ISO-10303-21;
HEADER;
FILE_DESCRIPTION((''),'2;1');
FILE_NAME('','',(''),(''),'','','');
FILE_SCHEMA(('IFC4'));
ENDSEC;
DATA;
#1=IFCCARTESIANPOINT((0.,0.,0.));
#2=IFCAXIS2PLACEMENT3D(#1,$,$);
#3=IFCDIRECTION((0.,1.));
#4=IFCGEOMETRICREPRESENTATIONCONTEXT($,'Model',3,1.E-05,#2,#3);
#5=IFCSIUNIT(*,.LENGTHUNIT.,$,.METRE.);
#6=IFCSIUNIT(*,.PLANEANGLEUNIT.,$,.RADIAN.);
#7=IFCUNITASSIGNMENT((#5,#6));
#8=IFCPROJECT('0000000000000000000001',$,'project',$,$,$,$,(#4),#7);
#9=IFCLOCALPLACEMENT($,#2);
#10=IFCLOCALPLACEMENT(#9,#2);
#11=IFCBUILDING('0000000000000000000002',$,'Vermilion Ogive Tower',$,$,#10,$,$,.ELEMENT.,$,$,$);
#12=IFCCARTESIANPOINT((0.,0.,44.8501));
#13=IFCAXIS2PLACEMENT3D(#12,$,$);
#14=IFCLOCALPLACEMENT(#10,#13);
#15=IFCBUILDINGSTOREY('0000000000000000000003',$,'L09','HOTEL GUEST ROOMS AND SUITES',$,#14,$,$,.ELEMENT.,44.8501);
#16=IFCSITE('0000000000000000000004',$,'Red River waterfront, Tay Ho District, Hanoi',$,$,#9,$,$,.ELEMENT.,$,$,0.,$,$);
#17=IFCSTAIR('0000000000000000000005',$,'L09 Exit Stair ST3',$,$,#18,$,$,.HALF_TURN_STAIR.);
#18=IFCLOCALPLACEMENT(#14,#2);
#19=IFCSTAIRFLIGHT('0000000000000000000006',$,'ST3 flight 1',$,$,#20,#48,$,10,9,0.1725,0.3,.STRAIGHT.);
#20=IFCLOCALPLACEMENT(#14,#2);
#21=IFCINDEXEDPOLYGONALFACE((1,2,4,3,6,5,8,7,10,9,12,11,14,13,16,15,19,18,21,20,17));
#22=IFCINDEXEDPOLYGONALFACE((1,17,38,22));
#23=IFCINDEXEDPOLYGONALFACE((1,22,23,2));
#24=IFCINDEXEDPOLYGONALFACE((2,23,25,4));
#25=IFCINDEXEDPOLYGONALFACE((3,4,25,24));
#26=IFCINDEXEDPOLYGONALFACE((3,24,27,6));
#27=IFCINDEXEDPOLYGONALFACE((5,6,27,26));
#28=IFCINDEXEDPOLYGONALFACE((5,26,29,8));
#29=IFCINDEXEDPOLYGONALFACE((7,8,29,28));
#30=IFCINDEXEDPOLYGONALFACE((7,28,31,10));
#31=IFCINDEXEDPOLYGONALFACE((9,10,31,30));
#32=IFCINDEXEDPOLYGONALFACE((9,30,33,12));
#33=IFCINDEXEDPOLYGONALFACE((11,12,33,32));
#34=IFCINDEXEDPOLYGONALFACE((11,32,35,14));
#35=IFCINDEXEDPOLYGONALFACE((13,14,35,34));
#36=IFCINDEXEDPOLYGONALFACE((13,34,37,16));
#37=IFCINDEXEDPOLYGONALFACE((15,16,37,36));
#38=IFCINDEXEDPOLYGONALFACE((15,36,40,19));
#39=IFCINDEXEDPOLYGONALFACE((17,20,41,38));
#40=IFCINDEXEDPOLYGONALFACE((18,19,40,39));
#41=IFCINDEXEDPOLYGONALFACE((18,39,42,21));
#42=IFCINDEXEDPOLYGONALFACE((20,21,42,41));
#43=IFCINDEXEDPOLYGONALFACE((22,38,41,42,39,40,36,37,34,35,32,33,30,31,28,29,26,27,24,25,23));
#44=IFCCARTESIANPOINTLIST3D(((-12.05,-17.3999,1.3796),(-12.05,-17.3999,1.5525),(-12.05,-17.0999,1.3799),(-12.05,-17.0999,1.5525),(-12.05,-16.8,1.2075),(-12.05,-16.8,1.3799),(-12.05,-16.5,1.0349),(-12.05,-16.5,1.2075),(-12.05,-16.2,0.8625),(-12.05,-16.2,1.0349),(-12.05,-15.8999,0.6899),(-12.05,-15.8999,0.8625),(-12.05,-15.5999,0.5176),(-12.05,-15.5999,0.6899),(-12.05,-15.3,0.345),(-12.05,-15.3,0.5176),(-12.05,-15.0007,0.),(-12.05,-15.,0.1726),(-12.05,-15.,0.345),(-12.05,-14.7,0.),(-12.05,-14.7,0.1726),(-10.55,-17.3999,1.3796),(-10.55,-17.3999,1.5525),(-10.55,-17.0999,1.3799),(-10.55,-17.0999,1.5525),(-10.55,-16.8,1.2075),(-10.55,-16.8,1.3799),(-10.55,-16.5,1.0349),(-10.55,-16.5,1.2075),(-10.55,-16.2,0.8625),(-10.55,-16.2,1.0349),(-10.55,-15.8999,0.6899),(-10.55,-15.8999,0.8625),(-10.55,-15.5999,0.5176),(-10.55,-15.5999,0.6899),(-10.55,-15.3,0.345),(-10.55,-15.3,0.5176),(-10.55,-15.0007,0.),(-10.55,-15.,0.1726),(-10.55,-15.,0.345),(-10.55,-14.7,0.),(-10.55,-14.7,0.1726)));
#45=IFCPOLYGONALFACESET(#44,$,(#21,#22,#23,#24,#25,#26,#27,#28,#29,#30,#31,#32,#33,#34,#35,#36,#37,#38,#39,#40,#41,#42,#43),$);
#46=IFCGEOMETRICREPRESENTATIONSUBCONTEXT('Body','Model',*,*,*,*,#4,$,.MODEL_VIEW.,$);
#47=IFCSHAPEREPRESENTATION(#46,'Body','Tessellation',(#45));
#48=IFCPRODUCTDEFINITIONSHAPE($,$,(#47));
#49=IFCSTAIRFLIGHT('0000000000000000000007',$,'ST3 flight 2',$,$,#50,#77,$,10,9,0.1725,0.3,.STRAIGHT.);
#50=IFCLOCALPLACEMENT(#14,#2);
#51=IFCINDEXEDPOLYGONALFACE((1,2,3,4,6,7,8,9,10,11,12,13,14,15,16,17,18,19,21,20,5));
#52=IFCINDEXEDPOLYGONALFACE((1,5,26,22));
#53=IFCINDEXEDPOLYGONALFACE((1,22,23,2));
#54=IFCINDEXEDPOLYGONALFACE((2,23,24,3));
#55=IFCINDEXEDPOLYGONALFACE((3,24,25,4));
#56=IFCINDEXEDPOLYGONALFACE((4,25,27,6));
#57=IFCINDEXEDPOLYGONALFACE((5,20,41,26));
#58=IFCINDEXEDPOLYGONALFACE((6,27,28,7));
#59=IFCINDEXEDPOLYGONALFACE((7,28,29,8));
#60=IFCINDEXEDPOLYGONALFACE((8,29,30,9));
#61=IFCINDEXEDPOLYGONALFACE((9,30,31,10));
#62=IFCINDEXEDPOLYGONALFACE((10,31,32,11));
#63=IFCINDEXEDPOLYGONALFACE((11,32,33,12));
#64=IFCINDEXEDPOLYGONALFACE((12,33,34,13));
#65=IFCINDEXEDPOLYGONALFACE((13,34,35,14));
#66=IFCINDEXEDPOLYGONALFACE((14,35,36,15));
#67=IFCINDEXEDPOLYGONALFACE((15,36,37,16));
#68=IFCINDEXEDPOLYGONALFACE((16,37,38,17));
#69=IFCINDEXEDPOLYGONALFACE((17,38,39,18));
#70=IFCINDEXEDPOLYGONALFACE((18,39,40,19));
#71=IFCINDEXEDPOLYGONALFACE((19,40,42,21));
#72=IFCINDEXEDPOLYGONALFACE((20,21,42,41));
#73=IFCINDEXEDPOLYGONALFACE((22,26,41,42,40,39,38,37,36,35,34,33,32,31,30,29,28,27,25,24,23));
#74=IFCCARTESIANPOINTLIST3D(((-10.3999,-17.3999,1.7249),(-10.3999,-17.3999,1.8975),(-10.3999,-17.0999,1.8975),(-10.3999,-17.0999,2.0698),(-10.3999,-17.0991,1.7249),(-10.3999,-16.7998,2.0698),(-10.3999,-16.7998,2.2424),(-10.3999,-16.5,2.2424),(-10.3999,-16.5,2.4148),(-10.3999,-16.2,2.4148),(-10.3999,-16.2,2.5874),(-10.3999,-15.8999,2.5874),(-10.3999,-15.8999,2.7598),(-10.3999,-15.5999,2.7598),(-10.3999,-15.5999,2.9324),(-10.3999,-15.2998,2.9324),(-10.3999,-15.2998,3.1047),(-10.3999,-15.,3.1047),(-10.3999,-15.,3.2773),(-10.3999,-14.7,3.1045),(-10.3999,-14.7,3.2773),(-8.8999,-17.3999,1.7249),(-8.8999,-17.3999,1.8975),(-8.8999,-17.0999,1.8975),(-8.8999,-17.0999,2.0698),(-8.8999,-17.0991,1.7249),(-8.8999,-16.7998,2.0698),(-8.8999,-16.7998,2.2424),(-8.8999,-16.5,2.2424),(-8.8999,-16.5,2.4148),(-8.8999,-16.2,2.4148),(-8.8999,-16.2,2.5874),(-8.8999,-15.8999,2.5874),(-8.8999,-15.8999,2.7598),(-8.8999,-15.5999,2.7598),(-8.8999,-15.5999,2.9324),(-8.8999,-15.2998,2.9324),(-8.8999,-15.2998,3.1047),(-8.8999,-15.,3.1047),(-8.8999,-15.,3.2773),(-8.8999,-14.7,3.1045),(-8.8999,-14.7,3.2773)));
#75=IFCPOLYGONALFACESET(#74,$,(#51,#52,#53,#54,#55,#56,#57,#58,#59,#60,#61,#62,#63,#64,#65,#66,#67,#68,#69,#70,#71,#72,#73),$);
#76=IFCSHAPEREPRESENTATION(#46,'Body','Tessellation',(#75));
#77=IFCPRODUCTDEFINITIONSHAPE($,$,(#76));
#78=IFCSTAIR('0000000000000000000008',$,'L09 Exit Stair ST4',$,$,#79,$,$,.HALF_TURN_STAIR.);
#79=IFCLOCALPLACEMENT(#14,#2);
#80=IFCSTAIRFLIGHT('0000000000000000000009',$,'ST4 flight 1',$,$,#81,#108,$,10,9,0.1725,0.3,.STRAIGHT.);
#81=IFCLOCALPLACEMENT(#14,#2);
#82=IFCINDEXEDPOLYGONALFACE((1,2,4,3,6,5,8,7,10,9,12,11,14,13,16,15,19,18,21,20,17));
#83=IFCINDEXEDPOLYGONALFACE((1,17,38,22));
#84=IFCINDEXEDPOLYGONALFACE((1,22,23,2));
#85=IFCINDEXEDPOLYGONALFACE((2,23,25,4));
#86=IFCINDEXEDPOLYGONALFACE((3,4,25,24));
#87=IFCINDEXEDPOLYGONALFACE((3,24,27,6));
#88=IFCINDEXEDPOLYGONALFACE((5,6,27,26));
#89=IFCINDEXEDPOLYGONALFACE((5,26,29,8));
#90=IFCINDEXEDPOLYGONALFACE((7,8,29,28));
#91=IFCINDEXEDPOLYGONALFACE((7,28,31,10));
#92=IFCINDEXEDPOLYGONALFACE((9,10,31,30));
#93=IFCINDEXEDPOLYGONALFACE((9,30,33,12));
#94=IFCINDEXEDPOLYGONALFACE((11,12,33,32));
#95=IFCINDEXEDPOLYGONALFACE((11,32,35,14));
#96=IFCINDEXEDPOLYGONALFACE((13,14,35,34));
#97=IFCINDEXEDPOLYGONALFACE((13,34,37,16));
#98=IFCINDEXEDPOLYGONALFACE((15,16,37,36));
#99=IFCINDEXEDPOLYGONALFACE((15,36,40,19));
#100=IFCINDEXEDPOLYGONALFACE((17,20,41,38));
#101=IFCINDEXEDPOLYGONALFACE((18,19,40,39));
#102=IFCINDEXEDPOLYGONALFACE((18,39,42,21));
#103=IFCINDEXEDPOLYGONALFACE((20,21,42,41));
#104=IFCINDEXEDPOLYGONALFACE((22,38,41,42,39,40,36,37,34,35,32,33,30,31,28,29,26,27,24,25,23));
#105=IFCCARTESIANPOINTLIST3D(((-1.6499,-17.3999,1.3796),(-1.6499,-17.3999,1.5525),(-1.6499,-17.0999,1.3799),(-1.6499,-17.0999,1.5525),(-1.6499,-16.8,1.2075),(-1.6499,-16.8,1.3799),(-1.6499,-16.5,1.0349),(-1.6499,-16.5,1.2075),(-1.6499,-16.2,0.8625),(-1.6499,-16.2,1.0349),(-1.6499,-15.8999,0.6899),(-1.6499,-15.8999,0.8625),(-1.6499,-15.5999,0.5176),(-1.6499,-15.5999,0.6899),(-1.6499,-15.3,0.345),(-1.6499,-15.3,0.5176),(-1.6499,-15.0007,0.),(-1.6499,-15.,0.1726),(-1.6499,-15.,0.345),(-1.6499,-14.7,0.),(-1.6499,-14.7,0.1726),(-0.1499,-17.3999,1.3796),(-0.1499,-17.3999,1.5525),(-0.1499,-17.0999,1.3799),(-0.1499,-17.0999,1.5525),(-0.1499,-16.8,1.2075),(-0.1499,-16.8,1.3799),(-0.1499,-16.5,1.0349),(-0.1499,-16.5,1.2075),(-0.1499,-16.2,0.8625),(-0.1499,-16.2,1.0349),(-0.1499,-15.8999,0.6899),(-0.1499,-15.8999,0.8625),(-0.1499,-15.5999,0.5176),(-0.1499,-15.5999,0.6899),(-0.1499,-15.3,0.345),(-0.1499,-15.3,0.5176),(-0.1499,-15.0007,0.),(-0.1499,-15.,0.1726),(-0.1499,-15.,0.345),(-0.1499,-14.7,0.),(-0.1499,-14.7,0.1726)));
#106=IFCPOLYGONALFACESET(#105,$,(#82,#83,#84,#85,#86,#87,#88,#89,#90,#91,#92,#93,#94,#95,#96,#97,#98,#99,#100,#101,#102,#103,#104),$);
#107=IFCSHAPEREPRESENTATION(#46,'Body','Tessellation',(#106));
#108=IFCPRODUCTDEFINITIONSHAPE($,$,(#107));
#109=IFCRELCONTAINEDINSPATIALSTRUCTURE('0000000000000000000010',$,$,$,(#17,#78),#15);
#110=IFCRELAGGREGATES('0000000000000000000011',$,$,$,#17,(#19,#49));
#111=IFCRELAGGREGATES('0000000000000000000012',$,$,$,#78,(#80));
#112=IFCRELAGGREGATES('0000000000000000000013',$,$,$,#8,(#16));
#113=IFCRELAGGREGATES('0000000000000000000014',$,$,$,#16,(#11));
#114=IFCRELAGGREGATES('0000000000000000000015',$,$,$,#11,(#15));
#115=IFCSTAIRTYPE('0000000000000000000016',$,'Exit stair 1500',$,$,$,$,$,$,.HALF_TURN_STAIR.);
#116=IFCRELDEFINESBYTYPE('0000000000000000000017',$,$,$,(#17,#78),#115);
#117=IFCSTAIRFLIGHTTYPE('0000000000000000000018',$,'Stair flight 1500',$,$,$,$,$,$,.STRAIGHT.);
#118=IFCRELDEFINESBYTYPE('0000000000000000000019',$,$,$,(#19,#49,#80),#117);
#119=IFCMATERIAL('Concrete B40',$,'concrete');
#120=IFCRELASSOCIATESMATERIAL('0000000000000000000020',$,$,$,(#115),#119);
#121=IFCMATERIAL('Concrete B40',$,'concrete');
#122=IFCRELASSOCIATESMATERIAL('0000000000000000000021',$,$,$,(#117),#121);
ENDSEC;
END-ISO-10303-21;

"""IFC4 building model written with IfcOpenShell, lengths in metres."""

from ifc_helpers import new_model, si_unit, direction, frame, origin, place, context, subcontext, project, spatial, polyline, outline, extrude, material, type_object, element, aggregate, save


model = new_model("IFC4")

# Units and contexts
model_context = context("Model", 3, precision=1e-05, world=origin(), true_north=direction((0.0, 1.0)))
body_context = subcontext(model_context, "Body", "Model", "MODEL_VIEW")
ifc_project = project(units=[si_unit("LENGTHUNIT", "METRE"), si_unit("PLANEANGLEUNIT", "RADIAN")], contexts=[model_context])

# Site, building, storey
site_placement = place(None, origin())
site = spatial("IfcSite", under=ifc_project, at=site_placement, Name="Red River waterfront, Tay Ho District, Hanoi", CompositionType="ELEMENT", RefElevation=0.0)
building_placement = place(site_placement, origin())
building = spatial("IfcBuilding", under=site, at=building_placement, Name="Vermilion Ogive Tower", CompositionType="ELEMENT")
storey_placement = place(building_placement, frame((0.0, 0.0, 44.8501)))
storey = spatial("IfcBuildingStorey", under=building, at=storey_placement, Name="L09", Description="HOTEL GUEST ROOMS AND SUITES", CompositionType="ELEMENT", Elevation=44.8501)

# Stair, stair flights
ifc_material_1 = material(Name="Concrete B40", Category="concrete")
stair_type = type_object("IfcStairType", Name="Exit stair 1500", PredefinedType="HALF_TURN_STAIR", material=ifc_material_1)
stair_1_placement = place(storey_placement, origin())
stair_1 = element("IfcStair", 1, at=stair_1_placement, inside=storey, type_object=stair_type, Name="L09 Exit Stair ST3", PredefinedType="HALF_TURN_STAIR")
ifc_material_2 = material(Name="Concrete B40", Category="concrete")
stair_flight_type = type_object("IfcStairFlightType", Name="Stair flight 1500", PredefinedType="STRAIGHT", material=ifc_material_2)
stair_flight_1_placement = place(storey_placement, frame((-11.3, -14.7, 0.0), z_axis=(0.0, 0.0, 1.0), x_axis=(0.0, -1.0, 0.0)))
stair_flight_1 = element("IfcStairFlight", 2, at=stair_flight_1_placement, type_object=stair_flight_type, Name="ST3 flight 1", NumberOfRisers=10, NumberOfTreads=9, PredefinedType="STRAIGHT", RiserHeight=0.1725, TreadLength=0.3, context=body_context, shape_type="SweptSolid", body=[
    extrude(outline(polyline([(0.0, 0.0), (0.0, 0.1726), (0.3, 0.1726), (0.3, 0.345), (0.6001, 0.345), (0.6001, 0.5176), (0.8999, 0.5176), (0.8999, 0.6899), (1.2, 0.6899), (1.2, 0.8625), (1.5, 0.8625), (1.5, 1.0349), (1.8, 1.0349), (1.8, 1.2075), (2.1001, 1.2075), (2.1001, 1.3799), (2.3999, 1.3799), (2.3999, 1.5525), (2.7, 1.5525), (2.7, 1.7251), (2.7, 1.3796), (0.3008, 0.0), (0.0, 0.0)])), frame((0.0, 0.75, 0.0), z_axis=(0.0, -1.0, 0.0), x_axis=(1.0, 0.0, 0.0)), (0.0, 0.0, 1.0), 1.5),
])
stair_flight_2_placement = place(storey_placement, frame((-9.6499, -17.3999, 1.7249), z_axis=(0.0, 0.0, 1.0), x_axis=(0.0, 1.0, 0.0)))
stair_flight_2 = element("IfcStairFlight", 3, at=stair_flight_2_placement, type_object=stair_flight_type, Name="ST3 flight 2", NumberOfRisers=10, NumberOfTreads=9, PredefinedType="STRAIGHT", RiserHeight=0.1725, TreadLength=0.3, context=body_context, shape_type="SweptSolid", body=[
    extrude(outline(polyline([(0.0, 0.0), (0.0, 0.1726), (0.3, 0.1726), (0.3, 0.345), (0.6001, 0.345), (0.6001, 0.5176), (0.8999, 0.5176), (0.8999, 0.6899), (1.2, 0.6899), (1.2, 0.8625), (1.5, 0.8625), (1.5, 1.0349), (1.8, 1.0349), (1.8, 1.2075), (2.1001, 1.2075), (2.1001, 1.3799), (2.3999, 1.3799), (2.3999, 1.5525), (2.7, 1.5525), (2.7, 1.7251), (2.7, 1.3796), (0.3008, 0.0), (0.0, 0.0)])), frame((0.0, 0.75, 0.0), z_axis=(0.0, -1.0, 0.0), x_axis=(1.0, 0.0, 0.0)), (0.0, 0.0, 1.0), 1.5),
])
aggregate(stair_1, [stair_flight_1, stair_flight_2])

# Stair, stair flight
stair_2_placement = place(storey_placement, origin())
stair_2 = element("IfcStair", 4, at=stair_2_placement, inside=storey, type_object=stair_type, Name="L09 Exit Stair ST4", PredefinedType="HALF_TURN_STAIR")
stair_flight_3_placement = place(storey_placement, frame((-0.8999, -14.7, 0.0), z_axis=(0.0, 0.0, 1.0), x_axis=(0.0, -1.0, 0.0)))
stair_flight_3 = element("IfcStairFlight", 5, at=stair_flight_3_placement, type_object=stair_flight_type, Name="ST4 flight 1", NumberOfRisers=10, NumberOfTreads=9, PredefinedType="STRAIGHT", RiserHeight=0.1725, TreadLength=0.3, context=body_context, shape_type="SweptSolid", body=[
    extrude(outline(polyline([(0.0, 0.0), (0.0, 0.1726), (0.3, 0.1726), (0.3, 0.345), (0.6001, 0.345), (0.6001, 0.5176), (0.8999, 0.5176), (0.8999, 0.6899), (1.2, 0.6899), (1.2, 0.8625), (1.5, 0.8625), (1.5, 1.0349), (1.8, 1.0349), (1.8, 1.2075), (2.1001, 1.2075), (2.1001, 1.3799), (2.3999, 1.3799), (2.3999, 1.5525), (2.7, 1.5525), (2.7, 1.7251), (2.7, 1.3796), (0.3008, 0.0), (0.0, 0.0)])), frame((0.0, 0.75, 0.0), z_axis=(0.0, -1.0, 0.0), x_axis=(1.0, 0.0, 0.0)), (0.0, 0.0, 1.0), 1.5),
])
aggregate(stair_2, [stair_flight_3])

save(model, "model.ifc")
